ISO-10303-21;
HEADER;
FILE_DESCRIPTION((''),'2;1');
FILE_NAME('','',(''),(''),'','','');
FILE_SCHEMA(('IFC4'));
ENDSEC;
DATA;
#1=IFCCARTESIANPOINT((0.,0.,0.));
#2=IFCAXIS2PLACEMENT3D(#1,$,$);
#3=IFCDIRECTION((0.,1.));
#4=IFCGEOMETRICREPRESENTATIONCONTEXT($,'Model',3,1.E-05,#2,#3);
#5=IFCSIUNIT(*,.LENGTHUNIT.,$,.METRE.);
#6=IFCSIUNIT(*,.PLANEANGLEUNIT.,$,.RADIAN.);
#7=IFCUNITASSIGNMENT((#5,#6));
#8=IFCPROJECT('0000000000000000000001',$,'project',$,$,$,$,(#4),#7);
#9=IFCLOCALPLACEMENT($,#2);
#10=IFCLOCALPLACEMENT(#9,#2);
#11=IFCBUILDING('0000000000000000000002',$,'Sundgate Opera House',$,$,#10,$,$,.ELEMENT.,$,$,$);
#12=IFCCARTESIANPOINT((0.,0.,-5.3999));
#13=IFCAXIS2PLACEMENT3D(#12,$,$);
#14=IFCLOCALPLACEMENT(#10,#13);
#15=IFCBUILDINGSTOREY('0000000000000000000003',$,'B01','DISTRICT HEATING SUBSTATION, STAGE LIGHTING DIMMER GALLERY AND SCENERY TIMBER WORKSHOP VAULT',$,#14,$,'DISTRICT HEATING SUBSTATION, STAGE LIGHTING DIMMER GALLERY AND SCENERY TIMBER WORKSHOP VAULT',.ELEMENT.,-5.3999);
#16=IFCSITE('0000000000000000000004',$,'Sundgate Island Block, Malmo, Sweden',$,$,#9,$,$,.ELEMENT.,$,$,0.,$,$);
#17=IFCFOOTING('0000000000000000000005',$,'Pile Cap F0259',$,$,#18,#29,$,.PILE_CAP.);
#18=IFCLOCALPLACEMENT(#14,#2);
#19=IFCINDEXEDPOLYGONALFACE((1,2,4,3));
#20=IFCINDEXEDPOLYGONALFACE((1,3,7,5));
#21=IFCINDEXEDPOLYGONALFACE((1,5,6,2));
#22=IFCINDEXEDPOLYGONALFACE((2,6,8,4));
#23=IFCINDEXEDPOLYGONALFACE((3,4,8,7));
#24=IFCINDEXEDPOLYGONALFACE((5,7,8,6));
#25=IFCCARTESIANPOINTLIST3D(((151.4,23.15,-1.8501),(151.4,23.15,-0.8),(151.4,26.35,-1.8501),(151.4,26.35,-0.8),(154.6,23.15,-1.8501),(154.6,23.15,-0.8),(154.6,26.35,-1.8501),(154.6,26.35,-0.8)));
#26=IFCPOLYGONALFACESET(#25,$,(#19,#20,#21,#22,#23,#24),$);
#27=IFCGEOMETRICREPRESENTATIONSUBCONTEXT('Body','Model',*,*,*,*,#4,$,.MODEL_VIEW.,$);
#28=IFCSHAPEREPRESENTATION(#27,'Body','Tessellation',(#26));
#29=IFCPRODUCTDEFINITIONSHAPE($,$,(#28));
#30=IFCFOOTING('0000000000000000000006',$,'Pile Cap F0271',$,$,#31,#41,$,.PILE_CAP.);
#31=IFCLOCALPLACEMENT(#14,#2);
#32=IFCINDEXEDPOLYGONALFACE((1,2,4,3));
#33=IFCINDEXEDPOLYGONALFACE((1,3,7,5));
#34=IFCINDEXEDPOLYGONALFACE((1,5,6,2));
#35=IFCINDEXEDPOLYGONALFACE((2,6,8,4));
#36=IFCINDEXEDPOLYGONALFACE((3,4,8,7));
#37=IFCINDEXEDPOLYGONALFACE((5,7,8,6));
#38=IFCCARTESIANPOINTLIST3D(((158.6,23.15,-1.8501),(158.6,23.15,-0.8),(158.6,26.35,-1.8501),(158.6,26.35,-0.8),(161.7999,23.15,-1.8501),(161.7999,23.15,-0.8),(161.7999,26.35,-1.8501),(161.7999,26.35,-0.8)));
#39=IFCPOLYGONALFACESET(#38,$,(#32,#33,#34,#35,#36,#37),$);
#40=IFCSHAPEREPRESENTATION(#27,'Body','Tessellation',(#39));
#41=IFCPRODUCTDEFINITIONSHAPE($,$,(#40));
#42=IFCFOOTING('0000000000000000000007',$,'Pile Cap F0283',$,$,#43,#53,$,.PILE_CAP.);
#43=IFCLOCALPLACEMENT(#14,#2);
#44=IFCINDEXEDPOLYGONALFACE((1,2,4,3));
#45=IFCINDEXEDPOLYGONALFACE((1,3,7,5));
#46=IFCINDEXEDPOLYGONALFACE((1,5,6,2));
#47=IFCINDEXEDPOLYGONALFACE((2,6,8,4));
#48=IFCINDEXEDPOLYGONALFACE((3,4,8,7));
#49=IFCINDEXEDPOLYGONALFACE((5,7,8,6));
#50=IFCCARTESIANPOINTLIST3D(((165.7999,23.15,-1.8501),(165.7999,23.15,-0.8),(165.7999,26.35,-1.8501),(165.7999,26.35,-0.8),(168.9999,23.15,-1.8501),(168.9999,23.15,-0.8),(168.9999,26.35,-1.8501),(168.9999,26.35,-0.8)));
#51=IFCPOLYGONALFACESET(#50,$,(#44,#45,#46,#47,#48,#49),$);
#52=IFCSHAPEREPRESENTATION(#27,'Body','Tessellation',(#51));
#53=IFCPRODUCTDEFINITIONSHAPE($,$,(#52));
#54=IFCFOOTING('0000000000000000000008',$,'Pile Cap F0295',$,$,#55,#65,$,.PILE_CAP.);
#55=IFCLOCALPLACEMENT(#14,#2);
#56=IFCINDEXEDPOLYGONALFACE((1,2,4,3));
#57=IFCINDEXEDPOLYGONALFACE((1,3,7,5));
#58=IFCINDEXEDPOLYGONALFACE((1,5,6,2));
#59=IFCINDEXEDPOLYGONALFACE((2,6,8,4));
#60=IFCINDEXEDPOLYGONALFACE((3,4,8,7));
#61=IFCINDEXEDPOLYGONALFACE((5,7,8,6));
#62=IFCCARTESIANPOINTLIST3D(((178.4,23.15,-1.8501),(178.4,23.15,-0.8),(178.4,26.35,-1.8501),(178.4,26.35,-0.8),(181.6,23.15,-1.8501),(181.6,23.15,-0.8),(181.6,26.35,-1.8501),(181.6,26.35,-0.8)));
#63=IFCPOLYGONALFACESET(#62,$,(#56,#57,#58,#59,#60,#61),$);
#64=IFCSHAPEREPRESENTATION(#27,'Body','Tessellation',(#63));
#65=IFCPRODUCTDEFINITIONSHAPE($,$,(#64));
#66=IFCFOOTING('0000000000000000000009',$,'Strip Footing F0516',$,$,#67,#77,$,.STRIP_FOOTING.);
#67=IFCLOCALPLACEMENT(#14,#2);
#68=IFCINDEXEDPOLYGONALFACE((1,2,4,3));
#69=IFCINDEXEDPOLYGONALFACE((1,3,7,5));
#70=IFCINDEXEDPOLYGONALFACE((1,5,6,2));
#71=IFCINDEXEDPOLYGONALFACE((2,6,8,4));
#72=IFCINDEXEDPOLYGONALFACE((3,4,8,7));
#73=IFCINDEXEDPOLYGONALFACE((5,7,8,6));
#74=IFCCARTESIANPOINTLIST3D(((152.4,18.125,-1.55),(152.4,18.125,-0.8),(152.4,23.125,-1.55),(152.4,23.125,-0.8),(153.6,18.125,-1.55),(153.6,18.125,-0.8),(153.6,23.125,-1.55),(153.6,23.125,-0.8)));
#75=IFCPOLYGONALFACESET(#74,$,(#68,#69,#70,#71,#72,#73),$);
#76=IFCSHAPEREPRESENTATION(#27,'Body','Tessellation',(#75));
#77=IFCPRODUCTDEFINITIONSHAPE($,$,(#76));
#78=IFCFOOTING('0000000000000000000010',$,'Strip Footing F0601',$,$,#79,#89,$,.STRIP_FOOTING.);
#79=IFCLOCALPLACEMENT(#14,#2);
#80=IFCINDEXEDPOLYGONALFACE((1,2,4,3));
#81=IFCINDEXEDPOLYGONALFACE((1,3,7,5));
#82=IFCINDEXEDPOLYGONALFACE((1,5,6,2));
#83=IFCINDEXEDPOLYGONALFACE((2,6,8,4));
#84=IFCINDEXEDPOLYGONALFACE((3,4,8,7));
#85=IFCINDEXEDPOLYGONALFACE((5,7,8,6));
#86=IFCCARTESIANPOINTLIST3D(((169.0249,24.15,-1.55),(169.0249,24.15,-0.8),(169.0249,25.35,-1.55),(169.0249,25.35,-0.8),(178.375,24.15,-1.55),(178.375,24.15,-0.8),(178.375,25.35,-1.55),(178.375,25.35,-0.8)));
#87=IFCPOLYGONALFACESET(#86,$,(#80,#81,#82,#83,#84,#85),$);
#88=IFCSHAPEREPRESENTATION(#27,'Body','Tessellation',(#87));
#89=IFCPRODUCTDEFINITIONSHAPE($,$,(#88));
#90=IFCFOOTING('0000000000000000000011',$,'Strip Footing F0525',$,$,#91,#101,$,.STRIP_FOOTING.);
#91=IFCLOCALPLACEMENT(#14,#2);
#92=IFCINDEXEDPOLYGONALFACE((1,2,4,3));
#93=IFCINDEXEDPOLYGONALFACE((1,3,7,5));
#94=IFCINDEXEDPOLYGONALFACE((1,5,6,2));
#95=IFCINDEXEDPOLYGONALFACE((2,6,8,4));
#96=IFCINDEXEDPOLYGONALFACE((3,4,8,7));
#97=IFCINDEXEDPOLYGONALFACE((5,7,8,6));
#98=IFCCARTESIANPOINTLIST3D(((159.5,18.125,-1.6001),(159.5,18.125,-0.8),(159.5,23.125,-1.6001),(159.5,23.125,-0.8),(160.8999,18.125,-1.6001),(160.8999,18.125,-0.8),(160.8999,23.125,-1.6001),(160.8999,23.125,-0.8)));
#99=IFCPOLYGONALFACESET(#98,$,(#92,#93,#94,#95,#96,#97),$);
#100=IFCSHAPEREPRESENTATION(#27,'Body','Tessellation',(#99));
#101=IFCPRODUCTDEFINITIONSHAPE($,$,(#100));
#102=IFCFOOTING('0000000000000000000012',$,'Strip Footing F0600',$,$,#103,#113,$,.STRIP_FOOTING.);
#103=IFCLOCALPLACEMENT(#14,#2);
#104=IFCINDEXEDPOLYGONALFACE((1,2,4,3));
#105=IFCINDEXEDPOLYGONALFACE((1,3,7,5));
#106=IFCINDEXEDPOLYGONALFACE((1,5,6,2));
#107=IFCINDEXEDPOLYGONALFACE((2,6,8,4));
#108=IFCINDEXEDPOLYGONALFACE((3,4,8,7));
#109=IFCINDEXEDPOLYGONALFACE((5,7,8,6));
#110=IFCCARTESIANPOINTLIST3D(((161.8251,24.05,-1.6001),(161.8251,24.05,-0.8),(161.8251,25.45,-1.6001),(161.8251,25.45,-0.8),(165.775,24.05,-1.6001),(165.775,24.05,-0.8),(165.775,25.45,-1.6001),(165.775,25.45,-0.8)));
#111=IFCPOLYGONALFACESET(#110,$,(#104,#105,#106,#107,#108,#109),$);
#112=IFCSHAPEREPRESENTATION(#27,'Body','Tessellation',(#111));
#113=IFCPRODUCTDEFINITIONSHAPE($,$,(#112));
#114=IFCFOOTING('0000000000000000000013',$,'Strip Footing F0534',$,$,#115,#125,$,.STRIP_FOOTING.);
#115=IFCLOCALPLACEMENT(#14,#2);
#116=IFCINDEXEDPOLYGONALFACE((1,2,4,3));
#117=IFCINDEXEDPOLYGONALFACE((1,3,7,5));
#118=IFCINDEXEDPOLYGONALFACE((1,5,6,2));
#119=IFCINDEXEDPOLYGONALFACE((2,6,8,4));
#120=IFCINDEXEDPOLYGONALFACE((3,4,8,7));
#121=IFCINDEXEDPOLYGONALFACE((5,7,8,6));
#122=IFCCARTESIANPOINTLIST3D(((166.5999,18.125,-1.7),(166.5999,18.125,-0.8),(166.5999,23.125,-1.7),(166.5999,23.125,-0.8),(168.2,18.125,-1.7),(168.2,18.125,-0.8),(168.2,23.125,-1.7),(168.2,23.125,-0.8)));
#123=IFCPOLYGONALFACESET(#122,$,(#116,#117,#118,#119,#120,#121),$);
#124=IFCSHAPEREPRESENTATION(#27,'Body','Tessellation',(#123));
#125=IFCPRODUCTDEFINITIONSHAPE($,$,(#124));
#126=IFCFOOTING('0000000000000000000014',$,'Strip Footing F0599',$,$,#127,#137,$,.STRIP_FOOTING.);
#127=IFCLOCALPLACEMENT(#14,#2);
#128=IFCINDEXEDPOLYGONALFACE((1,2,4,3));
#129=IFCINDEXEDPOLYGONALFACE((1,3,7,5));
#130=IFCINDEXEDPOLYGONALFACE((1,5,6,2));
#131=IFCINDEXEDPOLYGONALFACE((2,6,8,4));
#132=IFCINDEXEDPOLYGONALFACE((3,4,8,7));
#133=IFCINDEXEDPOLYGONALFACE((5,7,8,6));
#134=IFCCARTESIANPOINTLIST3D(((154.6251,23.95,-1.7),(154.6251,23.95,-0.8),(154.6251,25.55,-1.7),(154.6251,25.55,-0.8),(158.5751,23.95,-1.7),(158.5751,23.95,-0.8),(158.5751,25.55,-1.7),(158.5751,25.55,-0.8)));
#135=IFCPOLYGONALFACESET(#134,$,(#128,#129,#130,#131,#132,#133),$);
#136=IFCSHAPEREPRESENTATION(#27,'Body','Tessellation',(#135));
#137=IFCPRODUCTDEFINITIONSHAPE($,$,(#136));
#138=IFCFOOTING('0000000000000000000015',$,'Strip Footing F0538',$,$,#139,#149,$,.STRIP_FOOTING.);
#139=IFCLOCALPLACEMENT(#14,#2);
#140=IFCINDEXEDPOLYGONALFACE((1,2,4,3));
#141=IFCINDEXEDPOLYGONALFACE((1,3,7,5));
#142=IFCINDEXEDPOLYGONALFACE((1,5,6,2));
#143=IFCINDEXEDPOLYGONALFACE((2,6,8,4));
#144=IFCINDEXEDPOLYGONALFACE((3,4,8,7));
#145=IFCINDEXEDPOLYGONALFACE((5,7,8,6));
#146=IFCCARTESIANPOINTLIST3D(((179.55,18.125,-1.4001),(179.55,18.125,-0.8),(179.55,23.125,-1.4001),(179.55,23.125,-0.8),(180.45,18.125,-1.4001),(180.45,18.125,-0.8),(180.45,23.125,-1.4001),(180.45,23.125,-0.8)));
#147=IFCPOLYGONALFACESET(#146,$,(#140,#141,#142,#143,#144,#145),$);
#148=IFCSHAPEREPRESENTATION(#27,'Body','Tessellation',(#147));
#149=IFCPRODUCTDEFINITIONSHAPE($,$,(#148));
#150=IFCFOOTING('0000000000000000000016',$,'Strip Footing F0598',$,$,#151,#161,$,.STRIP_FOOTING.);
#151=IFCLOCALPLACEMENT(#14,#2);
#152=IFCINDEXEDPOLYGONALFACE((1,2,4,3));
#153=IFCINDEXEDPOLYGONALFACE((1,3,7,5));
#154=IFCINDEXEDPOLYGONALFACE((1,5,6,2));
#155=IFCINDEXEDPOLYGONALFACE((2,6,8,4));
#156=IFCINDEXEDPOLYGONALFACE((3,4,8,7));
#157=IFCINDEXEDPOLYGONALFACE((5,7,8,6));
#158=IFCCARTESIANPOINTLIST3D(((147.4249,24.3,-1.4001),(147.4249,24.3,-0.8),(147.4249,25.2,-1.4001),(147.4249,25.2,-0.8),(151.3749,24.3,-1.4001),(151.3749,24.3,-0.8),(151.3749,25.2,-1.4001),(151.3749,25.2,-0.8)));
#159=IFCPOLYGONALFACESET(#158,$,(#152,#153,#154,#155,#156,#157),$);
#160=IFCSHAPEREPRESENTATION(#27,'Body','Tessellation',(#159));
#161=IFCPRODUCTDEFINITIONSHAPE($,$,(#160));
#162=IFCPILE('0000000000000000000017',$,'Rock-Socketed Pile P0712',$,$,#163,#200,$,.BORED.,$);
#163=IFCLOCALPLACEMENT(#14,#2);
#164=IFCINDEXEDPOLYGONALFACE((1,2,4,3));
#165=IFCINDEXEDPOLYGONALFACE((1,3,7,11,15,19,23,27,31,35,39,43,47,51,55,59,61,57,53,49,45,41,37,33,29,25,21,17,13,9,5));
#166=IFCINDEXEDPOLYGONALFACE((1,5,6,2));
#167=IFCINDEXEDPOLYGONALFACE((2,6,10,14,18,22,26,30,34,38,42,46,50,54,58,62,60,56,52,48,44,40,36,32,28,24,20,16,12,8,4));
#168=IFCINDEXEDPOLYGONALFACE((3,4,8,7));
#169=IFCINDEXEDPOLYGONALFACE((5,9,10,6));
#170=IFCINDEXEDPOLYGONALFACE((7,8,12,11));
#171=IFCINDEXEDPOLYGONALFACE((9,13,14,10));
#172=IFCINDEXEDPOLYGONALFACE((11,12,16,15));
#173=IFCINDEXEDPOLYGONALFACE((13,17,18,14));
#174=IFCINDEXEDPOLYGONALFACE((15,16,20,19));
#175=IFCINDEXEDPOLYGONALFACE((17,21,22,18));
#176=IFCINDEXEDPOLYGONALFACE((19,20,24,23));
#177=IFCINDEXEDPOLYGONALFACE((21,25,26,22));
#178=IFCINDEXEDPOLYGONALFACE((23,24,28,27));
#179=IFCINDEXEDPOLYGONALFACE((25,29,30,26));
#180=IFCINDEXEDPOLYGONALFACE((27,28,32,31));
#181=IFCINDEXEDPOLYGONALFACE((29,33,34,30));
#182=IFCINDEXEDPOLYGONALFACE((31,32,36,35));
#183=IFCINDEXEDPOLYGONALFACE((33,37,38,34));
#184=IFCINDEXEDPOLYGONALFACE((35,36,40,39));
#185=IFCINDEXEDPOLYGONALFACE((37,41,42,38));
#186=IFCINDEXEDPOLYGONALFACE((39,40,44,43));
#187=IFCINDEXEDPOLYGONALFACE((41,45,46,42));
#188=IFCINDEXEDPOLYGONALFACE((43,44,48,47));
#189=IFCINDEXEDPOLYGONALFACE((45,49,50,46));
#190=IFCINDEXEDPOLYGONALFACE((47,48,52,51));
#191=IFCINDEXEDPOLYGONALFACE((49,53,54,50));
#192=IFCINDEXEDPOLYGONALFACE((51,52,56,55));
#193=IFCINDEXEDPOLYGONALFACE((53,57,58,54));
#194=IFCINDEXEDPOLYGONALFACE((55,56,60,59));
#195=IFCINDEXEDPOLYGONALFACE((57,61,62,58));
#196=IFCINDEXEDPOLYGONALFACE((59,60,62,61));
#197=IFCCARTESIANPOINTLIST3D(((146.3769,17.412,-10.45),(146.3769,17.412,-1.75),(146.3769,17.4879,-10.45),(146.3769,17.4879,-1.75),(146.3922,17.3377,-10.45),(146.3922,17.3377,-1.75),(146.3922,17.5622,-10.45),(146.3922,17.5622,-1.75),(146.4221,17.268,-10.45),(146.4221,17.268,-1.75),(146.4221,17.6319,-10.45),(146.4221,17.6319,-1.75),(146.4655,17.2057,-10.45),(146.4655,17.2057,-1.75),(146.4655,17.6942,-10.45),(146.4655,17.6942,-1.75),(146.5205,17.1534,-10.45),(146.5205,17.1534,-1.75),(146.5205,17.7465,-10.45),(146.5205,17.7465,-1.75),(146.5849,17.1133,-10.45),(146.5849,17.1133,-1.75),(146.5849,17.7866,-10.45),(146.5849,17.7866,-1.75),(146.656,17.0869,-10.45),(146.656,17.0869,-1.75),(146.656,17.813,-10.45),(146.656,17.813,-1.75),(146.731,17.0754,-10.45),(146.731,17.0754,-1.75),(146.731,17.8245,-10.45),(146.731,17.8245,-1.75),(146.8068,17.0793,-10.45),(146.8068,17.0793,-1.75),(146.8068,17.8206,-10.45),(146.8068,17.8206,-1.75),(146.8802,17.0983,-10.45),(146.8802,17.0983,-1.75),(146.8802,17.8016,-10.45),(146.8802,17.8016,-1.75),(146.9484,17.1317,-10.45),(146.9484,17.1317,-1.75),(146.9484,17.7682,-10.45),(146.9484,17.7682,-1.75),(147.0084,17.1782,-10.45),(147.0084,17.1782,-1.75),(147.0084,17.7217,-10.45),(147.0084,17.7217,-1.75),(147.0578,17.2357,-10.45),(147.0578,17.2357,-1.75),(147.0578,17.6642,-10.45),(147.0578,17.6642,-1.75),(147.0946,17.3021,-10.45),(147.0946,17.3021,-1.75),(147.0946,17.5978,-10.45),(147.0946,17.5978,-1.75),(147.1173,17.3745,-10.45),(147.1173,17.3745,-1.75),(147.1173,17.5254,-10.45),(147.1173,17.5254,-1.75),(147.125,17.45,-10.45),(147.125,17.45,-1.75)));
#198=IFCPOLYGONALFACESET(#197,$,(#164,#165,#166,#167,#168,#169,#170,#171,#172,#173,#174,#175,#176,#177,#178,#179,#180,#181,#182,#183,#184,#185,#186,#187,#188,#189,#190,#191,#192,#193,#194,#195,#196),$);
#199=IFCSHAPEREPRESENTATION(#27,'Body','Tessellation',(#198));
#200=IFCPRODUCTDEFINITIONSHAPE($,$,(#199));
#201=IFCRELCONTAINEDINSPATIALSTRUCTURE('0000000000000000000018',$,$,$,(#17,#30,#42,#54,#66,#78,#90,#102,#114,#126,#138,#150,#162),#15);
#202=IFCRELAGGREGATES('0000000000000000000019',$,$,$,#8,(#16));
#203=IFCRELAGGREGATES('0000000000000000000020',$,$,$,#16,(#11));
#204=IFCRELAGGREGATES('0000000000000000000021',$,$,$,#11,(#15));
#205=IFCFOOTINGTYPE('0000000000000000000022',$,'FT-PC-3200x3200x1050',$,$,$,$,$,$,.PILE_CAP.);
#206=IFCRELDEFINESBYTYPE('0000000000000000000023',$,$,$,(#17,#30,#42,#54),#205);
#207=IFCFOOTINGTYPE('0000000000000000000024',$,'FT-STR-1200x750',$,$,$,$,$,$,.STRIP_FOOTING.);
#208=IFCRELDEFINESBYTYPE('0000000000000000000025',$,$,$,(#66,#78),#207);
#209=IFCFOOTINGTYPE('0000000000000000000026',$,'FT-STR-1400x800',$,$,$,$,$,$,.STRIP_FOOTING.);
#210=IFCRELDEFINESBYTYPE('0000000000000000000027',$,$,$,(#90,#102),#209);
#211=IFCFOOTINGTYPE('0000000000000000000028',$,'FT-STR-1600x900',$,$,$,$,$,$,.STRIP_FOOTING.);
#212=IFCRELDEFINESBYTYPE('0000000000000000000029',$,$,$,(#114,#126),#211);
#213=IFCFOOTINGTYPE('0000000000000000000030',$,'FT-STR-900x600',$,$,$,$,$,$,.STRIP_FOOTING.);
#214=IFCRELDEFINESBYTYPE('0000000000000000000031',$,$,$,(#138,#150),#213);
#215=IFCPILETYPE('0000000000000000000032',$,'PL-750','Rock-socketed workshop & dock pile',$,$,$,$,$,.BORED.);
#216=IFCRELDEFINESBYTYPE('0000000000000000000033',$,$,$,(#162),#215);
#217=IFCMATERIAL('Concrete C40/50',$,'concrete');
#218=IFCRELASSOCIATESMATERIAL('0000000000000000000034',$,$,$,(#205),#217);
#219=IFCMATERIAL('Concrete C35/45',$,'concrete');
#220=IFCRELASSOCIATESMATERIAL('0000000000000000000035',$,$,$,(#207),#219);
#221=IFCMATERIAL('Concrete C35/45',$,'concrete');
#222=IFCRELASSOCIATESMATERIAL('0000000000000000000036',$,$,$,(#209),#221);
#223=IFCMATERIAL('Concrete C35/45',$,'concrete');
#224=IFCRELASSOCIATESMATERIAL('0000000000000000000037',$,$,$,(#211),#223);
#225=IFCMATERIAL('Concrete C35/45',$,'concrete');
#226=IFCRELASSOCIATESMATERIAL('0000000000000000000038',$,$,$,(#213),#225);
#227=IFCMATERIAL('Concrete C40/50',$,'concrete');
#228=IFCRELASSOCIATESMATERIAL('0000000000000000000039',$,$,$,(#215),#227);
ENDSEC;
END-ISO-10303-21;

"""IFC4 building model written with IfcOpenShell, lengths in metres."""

from ifc_helpers import new_model, si_unit, direction, frame, origin, origin_2d, place, context, subcontext, project, spatial, rectangle, circle, extrude, material, material_profile, profile_set, type_object, element, save


model = new_model("IFC4")

# Units and contexts
model_context = context("Model", 3, precision=1e-05, world=origin(), true_north=direction((0.0, 1.0)))
body_context = subcontext(model_context, "Body", "Model", "MODEL_VIEW")
ifc_project = project(units=[si_unit("LENGTHUNIT", "METRE"), si_unit("PLANEANGLEUNIT", "RADIAN")], contexts=[model_context])

# Site, building, storey
site_placement = place(None, origin())
site = spatial("IfcSite", under=ifc_project, at=site_placement, Name="Sundgate Island Block, Malmo, Sweden", CompositionType="ELEMENT", RefElevation=0.0)
building_placement = place(site_placement, origin())
building = spatial("IfcBuilding", under=site, at=building_placement, Name="Sundgate Opera House", CompositionType="ELEMENT")
storey_placement = place(building_placement, frame((0.0, 0.0, -5.3999)))
storey = spatial("IfcBuildingStorey", under=building, at=storey_placement, Name="B01", Description="DISTRICT HEATING SUBSTATION, STAGE LIGHTING DIMMER GALLERY AND SCENERY TIMBER WORKSHOP VAULT", LongName="DISTRICT HEATING SUBSTATION, STAGE LIGHTING DIMMER GALLERY AND SCENERY TIMBER WORKSHOP VAULT", CompositionType="ELEMENT", Elevation=-5.3999)

# Footings
ifc_material_1 = material(Name="Concrete C40/50", Category="concrete")
footing_type_1 = type_object("IfcFootingType", Name="FT-PC-3200x3200x1050", PredefinedType="PILE_CAP", material=ifc_material_1)
for number, where, z_axis, x_axis, name in (
    (1, (153.0, 24.75, -1.8501), (0.0, 0.0, 1.0), (1.0, 0.0, 0.0), "Pile Cap F0259"),
    (2, (160.2, 24.75, -1.8501), (0.0, 0.0, 1.0), (1.0, 0.0, 0.0), "Pile Cap F0271"),
    (3, (167.3999, 24.75, -1.8501), (0.0, 0.0, 1.0), (1.0, 0.0, 0.0), "Pile Cap F0283"),
    (4, (180.0, 24.75, -1.8501), (0.0, 0.0, 1.0), (1.0, 0.0, 0.0), "Pile Cap F0295"),
):
    element("IfcFooting", number, at=place(storey_placement, frame(where, z_axis=z_axis, x_axis=x_axis)), inside=storey, type_object=footing_type_1, Name=name, PredefinedType="PILE_CAP", context=body_context, shape_type="SweptSolid", body=[
        extrude(rectangle(XDim=3.2, YDim=3.2, at=origin_2d()), origin(), (0.0, 0.0, 1.0), 1.05),
    ])
ifc_material_2 = material(Name="Concrete C35/45", Category="concrete")
footing_type_2 = type_object("IfcFootingType", Name="FT-STR-1200x750", PredefinedType="STRIP_FOOTING", material=ifc_material_2)
footing_1_placement = place(storey_placement, frame((153.0, 20.625, -1.55), z_axis=(0.0, 0.0, 1.0), x_axis=(1.0, 0.0, 0.0)))
element("IfcFooting", 5, at=footing_1_placement, inside=storey, type_object=footing_type_2, Name="Strip Footing F0516", PredefinedType="STRIP_FOOTING", context=body_context, shape_type="SweptSolid", body=[
    extrude(rectangle(XDim=1.2, YDim=5.0, at=origin_2d()), origin(), (0.0, 0.0, 1.0), 0.75),
])
footing_2_placement = place(storey_placement, frame((173.7, 24.75, -1.55), z_axis=(0.0, 0.0, 1.0), x_axis=(1.0, 0.0, 0.0)))
element("IfcFooting", 6, at=footing_2_placement, inside=storey, type_object=footing_type_2, Name="Strip Footing F0601", PredefinedType="STRIP_FOOTING", context=body_context, shape_type="SweptSolid", body=[
    extrude(rectangle(XDim=9.3501, YDim=1.2, at=origin_2d()), origin(), (0.0, 0.0, 1.0), 0.75),
])
ifc_material_3 = material(Name="Concrete C35/45", Category="concrete")
footing_type_3 = type_object("IfcFootingType", Name="FT-STR-1400x800", PredefinedType="STRIP_FOOTING", material=ifc_material_3)
footing_3_placement = place(storey_placement, frame((160.2, 20.625, -1.6001), z_axis=(0.0, 0.0, 1.0), x_axis=(1.0, 0.0, 0.0)))
element("IfcFooting", 7, at=footing_3_placement, inside=storey, type_object=footing_type_3, Name="Strip Footing F0525", PredefinedType="STRIP_FOOTING", context=body_context, shape_type="SweptSolid", body=[
    extrude(rectangle(XDim=1.3999, YDim=5.0, at=origin_2d()), origin(), (0.0, 0.0, 1.0), 0.8),
])
footing_4_placement = place(storey_placement, frame((163.8, 24.75, -1.6001), z_axis=(0.0, 0.0, 1.0), x_axis=(1.0, 0.0, 0.0)))
element("IfcFooting", 8, at=footing_4_placement, inside=storey, type_object=footing_type_3, Name="Strip Footing F0600", PredefinedType="STRIP_FOOTING", context=body_context, shape_type="SweptSolid", body=[
    extrude(rectangle(XDim=3.95, YDim=1.3999, at=origin_2d()), origin(), (0.0, 0.0, 1.0), 0.8),
])
ifc_material_4 = material(Name="Concrete C35/45", Category="concrete")
footing_type_4 = type_object("IfcFootingType", Name="FT-STR-1600x900", PredefinedType="STRIP_FOOTING", material=ifc_material_4)
footing_5_placement = place(storey_placement, frame((167.3999, 20.625, -1.7), z_axis=(0.0, 0.0, 1.0), x_axis=(1.0, 0.0, 0.0)))
element("IfcFooting", 9, at=footing_5_placement, inside=storey, type_object=footing_type_4, Name="Strip Footing F0534", PredefinedType="STRIP_FOOTING", context=body_context, shape_type="SweptSolid", body=[
    extrude(rectangle(XDim=1.6001, YDim=5.0, at=origin_2d()), origin(), (0.0, 0.0, 1.0), 0.8999),
])
footing_6_placement = place(storey_placement, frame((156.6001, 24.75, -1.7), z_axis=(0.0, 0.0, 1.0), x_axis=(1.0, 0.0, 0.0)))
element("IfcFooting", 10, at=footing_6_placement, inside=storey, type_object=footing_type_4, Name="Strip Footing F0599", PredefinedType="STRIP_FOOTING", context=body_context, shape_type="SweptSolid", body=[
    extrude(rectangle(XDim=3.95, YDim=1.6001, at=origin_2d()), origin(), (0.0, 0.0, 1.0), 0.8999),
])
ifc_material_5 = material(Name="Concrete C35/45", Category="concrete")
footing_type_5 = type_object("IfcFootingType", Name="FT-STR-900x600", PredefinedType="STRIP_FOOTING", material=ifc_material_5)
footing_7_placement = place(storey_placement, frame((180.0, 20.625, -1.4001), z_axis=(0.0, 0.0, 1.0), x_axis=(1.0, 0.0, 0.0)))
element("IfcFooting", 11, at=footing_7_placement, inside=storey, type_object=footing_type_5, Name="Strip Footing F0538", PredefinedType="STRIP_FOOTING", context=body_context, shape_type="SweptSolid", body=[
    extrude(rectangle(XDim=0.8999, YDim=5.0, at=origin_2d()), origin(), (0.0, 0.0, 1.0), 0.6001),
])
footing_8_placement = place(storey_placement, frame((149.3999, 24.75, -1.4001), z_axis=(0.0, 0.0, 1.0), x_axis=(1.0, 0.0, 0.0)))
element("IfcFooting", 12, at=footing_8_placement, inside=storey, type_object=footing_type_5, Name="Strip Footing F0598", PredefinedType="STRIP_FOOTING", context=body_context, shape_type="SweptSolid", body=[
    extrude(rectangle(XDim=3.95, YDim=0.8999, at=origin_2d()), origin(), (0.0, 0.0, 1.0), 0.6001),
])

# Pile
ifc_material_6 = material(Name="Concrete C40/50", Category="concrete")
ifc_material_profile_1 = material_profile(ifc_material_6, circle(Radius=0.375, at=origin_2d()), Name="PILE D750")
ifc_profile_set_1 = profile_set([ifc_material_profile_1], Name="Concrete C40/50")
pile_type = type_object("IfcPileType", Name="PL-750", Description="Rock-socketed workshop & dock pile", PredefinedType="BORED", material=ifc_profile_set_1)
for number, where, z_axis, x_axis, name in (
    (13, (146.75, 17.45, -1.75), (0.0, 0.0, -1.0), (1.0, 0.0, 0.0), "Rock-Socketed Pile P0712"),
):
    element("IfcPile", number, at=place(storey_placement, frame(where, z_axis=z_axis, x_axis=x_axis)), inside=storey, type_object=pile_type, Name=name, PredefinedType="BORED", context=body_context, shape_type="SweptSolid", body=[
        extrude(circle(Radius=0.375, at=origin_2d()), origin(), (0.0, 0.0, 1.0), 8.7),
    ])

save(model, "model.ifc")
